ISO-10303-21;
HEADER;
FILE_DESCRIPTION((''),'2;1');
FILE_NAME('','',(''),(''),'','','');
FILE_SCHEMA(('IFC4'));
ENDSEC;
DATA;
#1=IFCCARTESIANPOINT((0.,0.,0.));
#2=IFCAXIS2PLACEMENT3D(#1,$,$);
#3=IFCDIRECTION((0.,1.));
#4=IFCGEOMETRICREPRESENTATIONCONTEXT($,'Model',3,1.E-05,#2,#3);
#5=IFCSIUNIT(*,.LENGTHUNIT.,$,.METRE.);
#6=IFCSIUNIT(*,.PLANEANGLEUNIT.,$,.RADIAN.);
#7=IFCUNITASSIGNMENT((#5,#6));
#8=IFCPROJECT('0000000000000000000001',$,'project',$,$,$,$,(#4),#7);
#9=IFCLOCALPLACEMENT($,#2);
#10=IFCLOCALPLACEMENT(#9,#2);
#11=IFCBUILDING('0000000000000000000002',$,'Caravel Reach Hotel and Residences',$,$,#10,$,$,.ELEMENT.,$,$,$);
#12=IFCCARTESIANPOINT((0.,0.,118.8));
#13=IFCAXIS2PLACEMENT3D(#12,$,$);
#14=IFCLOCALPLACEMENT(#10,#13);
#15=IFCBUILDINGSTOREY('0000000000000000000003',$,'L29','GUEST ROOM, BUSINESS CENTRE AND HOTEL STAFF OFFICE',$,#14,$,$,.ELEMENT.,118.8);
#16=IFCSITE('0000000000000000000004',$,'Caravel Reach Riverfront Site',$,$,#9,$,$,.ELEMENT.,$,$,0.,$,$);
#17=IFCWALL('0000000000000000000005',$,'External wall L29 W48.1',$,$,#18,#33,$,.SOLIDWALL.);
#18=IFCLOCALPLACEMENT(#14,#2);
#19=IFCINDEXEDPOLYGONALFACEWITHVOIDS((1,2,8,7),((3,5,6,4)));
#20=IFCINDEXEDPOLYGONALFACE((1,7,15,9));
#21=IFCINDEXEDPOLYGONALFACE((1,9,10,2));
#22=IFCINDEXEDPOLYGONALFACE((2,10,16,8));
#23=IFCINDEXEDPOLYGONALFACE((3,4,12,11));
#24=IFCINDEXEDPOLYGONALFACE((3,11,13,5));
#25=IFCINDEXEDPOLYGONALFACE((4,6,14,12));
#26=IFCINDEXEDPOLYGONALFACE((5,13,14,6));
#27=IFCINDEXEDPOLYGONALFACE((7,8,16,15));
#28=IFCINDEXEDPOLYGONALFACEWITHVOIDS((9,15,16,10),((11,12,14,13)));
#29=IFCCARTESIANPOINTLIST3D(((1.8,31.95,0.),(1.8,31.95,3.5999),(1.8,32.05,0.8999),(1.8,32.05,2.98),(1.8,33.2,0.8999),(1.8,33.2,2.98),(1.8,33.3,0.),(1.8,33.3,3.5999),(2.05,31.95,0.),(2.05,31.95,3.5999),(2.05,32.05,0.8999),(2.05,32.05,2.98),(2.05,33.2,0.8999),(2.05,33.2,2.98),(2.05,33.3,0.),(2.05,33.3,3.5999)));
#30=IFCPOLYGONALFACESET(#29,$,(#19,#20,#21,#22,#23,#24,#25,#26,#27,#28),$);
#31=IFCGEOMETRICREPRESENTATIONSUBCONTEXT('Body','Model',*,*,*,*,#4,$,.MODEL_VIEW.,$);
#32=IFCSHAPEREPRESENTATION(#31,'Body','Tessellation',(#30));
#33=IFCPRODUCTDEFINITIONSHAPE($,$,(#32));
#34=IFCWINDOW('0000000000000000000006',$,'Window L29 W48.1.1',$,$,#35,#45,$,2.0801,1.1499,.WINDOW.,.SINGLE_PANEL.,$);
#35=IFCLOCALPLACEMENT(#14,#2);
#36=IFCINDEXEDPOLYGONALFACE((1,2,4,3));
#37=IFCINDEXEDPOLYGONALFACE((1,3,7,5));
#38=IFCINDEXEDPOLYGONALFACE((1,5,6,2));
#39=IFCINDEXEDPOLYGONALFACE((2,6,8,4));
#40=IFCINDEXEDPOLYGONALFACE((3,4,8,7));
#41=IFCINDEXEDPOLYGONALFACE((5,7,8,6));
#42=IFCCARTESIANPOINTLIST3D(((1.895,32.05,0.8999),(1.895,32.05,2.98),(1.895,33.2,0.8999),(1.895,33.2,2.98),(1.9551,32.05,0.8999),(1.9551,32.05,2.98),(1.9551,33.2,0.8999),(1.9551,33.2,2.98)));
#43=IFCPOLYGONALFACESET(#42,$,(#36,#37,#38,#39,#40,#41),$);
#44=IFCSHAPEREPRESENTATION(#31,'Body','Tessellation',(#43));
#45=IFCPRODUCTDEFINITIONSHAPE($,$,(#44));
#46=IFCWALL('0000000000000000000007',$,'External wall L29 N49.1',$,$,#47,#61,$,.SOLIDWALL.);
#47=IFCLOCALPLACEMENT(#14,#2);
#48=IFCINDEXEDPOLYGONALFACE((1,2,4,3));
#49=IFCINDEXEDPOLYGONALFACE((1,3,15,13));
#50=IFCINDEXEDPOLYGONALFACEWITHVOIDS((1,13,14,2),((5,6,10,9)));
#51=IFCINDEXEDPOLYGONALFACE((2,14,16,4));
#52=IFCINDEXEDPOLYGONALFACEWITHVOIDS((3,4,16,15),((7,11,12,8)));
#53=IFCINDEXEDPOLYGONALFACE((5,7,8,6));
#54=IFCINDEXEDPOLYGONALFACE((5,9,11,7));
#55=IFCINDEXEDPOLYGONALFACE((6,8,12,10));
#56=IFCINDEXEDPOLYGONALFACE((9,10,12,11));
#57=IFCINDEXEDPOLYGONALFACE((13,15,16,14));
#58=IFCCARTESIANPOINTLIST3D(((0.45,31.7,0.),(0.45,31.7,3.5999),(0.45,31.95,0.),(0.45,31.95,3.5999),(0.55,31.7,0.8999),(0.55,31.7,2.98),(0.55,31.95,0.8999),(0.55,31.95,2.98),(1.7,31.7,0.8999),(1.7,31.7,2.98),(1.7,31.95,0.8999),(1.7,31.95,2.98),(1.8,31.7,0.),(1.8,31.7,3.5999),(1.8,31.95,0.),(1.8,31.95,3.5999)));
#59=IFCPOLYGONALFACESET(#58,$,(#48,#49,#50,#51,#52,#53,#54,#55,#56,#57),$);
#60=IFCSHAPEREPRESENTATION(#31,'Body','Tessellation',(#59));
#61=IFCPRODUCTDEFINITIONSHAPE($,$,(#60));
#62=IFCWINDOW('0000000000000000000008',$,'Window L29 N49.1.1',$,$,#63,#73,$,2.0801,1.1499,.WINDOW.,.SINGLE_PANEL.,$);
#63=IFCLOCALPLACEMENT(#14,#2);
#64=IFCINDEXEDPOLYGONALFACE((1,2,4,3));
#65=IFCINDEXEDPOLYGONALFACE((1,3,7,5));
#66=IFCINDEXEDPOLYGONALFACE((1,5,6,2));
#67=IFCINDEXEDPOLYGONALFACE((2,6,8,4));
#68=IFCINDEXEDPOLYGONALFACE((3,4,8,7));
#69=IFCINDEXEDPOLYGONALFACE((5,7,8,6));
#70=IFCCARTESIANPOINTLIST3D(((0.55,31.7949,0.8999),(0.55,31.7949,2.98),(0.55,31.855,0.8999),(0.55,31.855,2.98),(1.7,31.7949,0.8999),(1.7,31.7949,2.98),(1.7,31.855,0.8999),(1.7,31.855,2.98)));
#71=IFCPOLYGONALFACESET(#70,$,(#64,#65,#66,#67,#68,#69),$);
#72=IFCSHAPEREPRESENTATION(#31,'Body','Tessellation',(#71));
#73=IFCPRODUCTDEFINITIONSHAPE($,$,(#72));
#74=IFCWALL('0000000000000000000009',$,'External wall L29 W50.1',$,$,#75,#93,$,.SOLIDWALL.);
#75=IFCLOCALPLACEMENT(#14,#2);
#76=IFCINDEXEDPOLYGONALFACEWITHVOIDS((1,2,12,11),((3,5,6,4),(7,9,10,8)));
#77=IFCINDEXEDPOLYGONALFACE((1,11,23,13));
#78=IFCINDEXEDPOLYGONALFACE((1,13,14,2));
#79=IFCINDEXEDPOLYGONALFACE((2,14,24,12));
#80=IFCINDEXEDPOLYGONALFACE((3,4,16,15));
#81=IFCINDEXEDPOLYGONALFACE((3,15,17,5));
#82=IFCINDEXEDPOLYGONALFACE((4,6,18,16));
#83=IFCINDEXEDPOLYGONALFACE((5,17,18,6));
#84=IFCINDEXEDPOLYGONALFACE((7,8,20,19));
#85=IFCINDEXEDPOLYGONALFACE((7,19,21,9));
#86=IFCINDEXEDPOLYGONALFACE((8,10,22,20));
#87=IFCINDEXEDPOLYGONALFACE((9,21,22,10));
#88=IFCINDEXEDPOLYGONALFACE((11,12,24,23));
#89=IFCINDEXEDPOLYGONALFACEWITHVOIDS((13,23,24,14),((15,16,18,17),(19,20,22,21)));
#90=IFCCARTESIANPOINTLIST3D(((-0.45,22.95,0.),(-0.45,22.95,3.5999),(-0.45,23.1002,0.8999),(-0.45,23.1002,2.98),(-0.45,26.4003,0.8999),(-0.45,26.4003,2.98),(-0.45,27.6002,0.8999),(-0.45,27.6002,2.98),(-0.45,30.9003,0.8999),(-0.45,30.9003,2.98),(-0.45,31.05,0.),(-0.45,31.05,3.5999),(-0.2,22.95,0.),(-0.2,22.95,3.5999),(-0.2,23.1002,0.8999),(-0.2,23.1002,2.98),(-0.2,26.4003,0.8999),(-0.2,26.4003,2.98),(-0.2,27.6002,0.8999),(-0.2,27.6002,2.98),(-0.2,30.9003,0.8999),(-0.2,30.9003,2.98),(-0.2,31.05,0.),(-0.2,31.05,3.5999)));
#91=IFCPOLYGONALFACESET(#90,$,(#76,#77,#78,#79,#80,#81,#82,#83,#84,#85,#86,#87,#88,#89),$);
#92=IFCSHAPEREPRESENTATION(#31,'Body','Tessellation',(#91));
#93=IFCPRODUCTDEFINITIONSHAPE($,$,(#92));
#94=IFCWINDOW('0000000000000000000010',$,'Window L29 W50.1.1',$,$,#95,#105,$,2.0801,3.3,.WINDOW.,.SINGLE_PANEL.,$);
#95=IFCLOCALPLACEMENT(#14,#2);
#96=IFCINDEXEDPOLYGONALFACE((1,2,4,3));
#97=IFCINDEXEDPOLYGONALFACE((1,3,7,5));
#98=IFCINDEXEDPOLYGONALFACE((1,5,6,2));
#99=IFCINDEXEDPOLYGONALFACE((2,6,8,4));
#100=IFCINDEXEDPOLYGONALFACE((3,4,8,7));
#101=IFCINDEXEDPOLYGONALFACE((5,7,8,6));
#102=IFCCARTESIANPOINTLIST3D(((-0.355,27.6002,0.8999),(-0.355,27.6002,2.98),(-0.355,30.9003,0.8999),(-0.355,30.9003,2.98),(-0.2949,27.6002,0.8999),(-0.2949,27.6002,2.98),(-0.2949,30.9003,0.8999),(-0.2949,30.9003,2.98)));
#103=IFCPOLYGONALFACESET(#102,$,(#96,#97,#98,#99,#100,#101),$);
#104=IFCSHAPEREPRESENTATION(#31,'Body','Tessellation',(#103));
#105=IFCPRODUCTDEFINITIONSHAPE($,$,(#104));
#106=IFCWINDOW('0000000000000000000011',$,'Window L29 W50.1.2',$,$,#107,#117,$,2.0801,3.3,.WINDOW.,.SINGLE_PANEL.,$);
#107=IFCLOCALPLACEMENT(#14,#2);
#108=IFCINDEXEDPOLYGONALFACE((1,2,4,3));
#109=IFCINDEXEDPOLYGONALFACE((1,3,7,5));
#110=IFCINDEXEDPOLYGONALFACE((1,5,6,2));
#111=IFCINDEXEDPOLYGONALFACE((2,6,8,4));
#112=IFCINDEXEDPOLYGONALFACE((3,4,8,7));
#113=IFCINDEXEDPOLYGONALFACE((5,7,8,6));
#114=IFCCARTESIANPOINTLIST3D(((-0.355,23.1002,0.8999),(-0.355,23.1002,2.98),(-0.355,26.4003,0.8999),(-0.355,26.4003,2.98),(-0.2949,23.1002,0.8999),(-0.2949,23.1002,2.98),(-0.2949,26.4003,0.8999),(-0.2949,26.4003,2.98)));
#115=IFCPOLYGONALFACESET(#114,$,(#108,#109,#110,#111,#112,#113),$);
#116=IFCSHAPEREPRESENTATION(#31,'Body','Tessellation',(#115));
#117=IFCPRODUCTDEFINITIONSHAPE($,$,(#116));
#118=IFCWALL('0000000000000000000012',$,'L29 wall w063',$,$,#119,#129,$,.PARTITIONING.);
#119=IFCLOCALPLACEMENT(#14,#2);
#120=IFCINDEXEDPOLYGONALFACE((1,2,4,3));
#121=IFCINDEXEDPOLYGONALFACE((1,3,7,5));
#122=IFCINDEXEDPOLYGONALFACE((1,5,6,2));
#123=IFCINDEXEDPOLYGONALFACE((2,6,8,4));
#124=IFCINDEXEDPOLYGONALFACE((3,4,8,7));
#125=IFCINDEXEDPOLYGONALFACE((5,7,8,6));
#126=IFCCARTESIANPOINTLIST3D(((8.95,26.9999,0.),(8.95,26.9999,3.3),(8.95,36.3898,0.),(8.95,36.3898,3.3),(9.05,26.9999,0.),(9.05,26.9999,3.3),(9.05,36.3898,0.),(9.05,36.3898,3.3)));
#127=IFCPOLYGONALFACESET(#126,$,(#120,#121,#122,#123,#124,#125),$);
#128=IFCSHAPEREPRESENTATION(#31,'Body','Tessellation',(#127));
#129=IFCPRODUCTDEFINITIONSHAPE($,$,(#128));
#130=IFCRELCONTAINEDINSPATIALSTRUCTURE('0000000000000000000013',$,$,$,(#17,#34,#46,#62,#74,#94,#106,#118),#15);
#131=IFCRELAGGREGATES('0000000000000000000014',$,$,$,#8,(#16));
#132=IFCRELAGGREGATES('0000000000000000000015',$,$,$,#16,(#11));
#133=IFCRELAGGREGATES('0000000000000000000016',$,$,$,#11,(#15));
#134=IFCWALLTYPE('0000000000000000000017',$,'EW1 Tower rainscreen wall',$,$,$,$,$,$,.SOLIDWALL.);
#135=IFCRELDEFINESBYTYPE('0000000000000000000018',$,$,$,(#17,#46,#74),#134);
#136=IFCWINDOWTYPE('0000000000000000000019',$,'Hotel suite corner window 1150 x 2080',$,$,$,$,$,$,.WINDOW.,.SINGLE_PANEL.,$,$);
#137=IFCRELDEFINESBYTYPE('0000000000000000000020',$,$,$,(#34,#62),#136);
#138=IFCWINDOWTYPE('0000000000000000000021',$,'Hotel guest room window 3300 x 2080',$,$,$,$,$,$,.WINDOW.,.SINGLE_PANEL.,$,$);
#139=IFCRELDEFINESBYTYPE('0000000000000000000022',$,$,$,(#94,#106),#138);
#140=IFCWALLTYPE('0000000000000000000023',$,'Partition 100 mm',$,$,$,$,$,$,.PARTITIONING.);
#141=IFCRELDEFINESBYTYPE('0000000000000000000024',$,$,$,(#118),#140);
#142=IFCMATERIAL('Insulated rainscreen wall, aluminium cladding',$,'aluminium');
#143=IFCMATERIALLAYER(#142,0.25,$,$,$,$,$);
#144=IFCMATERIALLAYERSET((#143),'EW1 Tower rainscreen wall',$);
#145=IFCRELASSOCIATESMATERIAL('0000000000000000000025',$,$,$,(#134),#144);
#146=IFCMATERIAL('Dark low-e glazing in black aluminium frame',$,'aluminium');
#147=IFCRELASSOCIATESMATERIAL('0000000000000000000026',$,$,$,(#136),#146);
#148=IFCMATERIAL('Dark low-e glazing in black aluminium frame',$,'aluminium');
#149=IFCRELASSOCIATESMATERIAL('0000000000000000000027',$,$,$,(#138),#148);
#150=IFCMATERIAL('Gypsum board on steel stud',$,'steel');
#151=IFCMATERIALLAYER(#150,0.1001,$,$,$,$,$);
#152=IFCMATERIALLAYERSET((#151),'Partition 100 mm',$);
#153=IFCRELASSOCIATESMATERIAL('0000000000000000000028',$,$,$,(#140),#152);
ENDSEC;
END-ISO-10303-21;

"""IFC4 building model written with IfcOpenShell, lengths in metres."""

from ifc_helpers import new_model, si_unit, direction, frame, frame_2d, origin, place, context, subcontext, project, spatial, rectangle, extrude, material, layer, layer_set, type_object, element, fill, save


model = new_model("IFC4")

# Units and contexts
model_context = context("Model", 3, precision=1e-05, world=origin(), true_north=direction((0.0, 1.0)))
body_context = subcontext(model_context, "Body", "Model", "MODEL_VIEW")
ifc_project = project(units=[si_unit("LENGTHUNIT", "METRE"), si_unit("PLANEANGLEUNIT", "RADIAN")], contexts=[model_context])

# Site, building, storey
site_placement = place(None, origin())
site = spatial("IfcSite", under=ifc_project, at=site_placement, Name="Caravel Reach Riverfront Site", CompositionType="ELEMENT", RefElevation=0.0)
building_placement = place(site_placement, origin())
building = spatial("IfcBuilding", under=site, at=building_placement, Name="Caravel Reach Hotel and Residences", CompositionType="ELEMENT")
storey_placement = place(building_placement, frame((0.0, 0.0, 118.8)))
storey = spatial("IfcBuildingStorey", under=building, at=storey_placement, Name="L29", Description="GUEST ROOM, BUSINESS CENTRE AND HOTEL STAFF OFFICE", CompositionType="ELEMENT", Elevation=118.8)

# Walls, openings, windows
ifc_material_1 = material(Name="Insulated rainscreen wall, aluminium cladding", Category="aluminium")
ifc_layer_1 = layer(ifc_material_1, 0.25)
ifc_layer_set_1 = layer_set([ifc_layer_1], Name="EW1 Tower rainscreen wall")
wall_type_1 = type_object("IfcWallType", Name="EW1 Tower rainscreen wall", PredefinedType="SOLIDWALL", material=ifc_layer_set_1)
ifc_material_2 = material(Name="Dark low-e glazing in black aluminium frame", Category="aluminium")
window_type_1 = type_object("IfcWindowType", Name="Hotel suite corner window 1150 x 2080", PartitioningType="SINGLE_PANEL", PredefinedType="WINDOW", material=ifc_material_2)
wall_1_placement = place(storey_placement, frame((1.925, 33.3, 0.0), z_axis=(0.0, 0.0, 1.0), x_axis=(0.0, -1.0, 0.0)))
wall_1 = element("IfcWall", 1, at=wall_1_placement, inside=storey, type_object=wall_type_1, Name="External wall L29 W48.1", PredefinedType="SOLIDWALL", context=body_context, shape_type="SweptSolid", body=[
    extrude(rectangle(XDim=1.3501, YDim=0.25, at=frame_2d((0.675, 0.0))), origin(), (0.0, 0.0, 1.0), 3.5999),
])
opening_1_placement = place(wall_1_placement, frame((0.1001, 0.0, 0.8999)))
opening_1 = element("IfcOpeningElement", 2, at=opening_1_placement, cuts=wall_1, PredefinedType="OPENING", context=body_context, shape_type="SweptSolid", body=[
    extrude(rectangle(XDim=1.1499, YDim=2.0801, at=frame_2d((0.575, 1.04))), frame((0.0, 0.135, 0.0), z_axis=(0.0, -1.0, 0.0), x_axis=(1.0, 0.0, 0.0)), (0.0, 0.0, 1.0), 0.27),
])
window_1_placement = place(opening_1_placement, origin())
window_1 = element("IfcWindow", 3, at=window_1_placement, inside=storey, type_object=window_type_1, Name="Window L29 W48.1.1", OverallHeight=2.0801, OverallWidth=1.1499, PartitioningType="SINGLE_PANEL", PredefinedType="WINDOW", context=body_context, shape_type="SweptSolid", body=[
    extrude(rectangle(XDim=1.1499, YDim=2.0801, at=frame_2d((0.575, 1.04))), frame((0.0, 0.03, 0.0), z_axis=(0.0, -1.0, 0.0), x_axis=(1.0, 0.0, 0.0)), (0.0, 0.0, 1.0), 0.0601),
])
fill(opening_1, window_1)
wall_2_placement = place(storey_placement, frame((1.8, 31.825, 0.0), z_axis=(0.0, 0.0, 1.0), x_axis=(-1.0, 0.0, 0.0)))
wall_2 = element("IfcWall", 4, at=wall_2_placement, inside=storey, type_object=wall_type_1, Name="External wall L29 N49.1", PredefinedType="SOLIDWALL", context=body_context, shape_type="SweptSolid", body=[
    extrude(rectangle(XDim=1.3501, YDim=0.25, at=frame_2d((0.675, 0.0))), origin(), (0.0, 0.0, 1.0), 3.5999),
])
opening_2_placement = place(wall_2_placement, frame((0.1001, 0.0, 0.8999)))
opening_2 = element("IfcOpeningElement", 5, at=opening_2_placement, cuts=wall_2, PredefinedType="OPENING", context=body_context, shape_type="SweptSolid", body=[
    extrude(rectangle(XDim=1.1499, YDim=2.0801, at=frame_2d((0.575, 1.04))), frame((0.0, 0.135, 0.0), z_axis=(0.0, -1.0, 0.0), x_axis=(1.0, 0.0, 0.0)), (0.0, 0.0, 1.0), 0.27),
])
window_2_placement = place(opening_2_placement, origin())
window_2 = element("IfcWindow", 6, at=window_2_placement, inside=storey, type_object=window_type_1, Name="Window L29 N49.1.1", OverallHeight=2.0801, OverallWidth=1.1499, PartitioningType="SINGLE_PANEL", PredefinedType="WINDOW", context=body_context, shape_type="SweptSolid", body=[
    extrude(rectangle(XDim=1.1499, YDim=2.0801, at=frame_2d((0.575, 1.04))), frame((0.0, 0.03, 0.0), z_axis=(0.0, -1.0, 0.0), x_axis=(1.0, 0.0, 0.0)), (0.0, 0.0, 1.0), 0.0601),
])
fill(opening_2, window_2)

# Wall, openings, windows
wall_3_placement = place(storey_placement, frame((-0.325, 31.05, 0.0), z_axis=(0.0, 0.0, 1.0), x_axis=(0.0, -1.0, 0.0)))
wall_3 = element("IfcWall", 7, at=wall_3_placement, inside=storey, type_object=wall_type_1, Name="External wall L29 W50.1", PredefinedType="SOLIDWALL", context=body_context, shape_type="SweptSolid", body=[
    extrude(rectangle(XDim=8.1001, YDim=0.25, at=frame_2d((4.05, 0.0))), origin(), (0.0, 0.0, 1.0), 3.5999),
])
opening_3_placement = place(wall_3_placement, frame((0.1499, 0.0, 0.8999)))
opening_3 = element("IfcOpeningElement", 8, at=opening_3_placement, cuts=wall_3, PredefinedType="OPENING", context=body_context, shape_type="SweptSolid", body=[
    extrude(rectangle(XDim=3.3, YDim=2.0801, at=frame_2d((1.6499, 1.04))), frame((0.0, 0.135, 0.0), z_axis=(0.0, -1.0, 0.0), x_axis=(1.0, 0.0, 0.0)), (0.0, 0.0, 1.0), 0.27),
])
opening_4_placement = place(wall_3_placement, frame((4.6499, 0.0, 0.8999)))
opening_4 = element("IfcOpeningElement", 9, at=opening_4_placement, cuts=wall_3, PredefinedType="OPENING", context=body_context, shape_type="SweptSolid", body=[
    extrude(rectangle(XDim=3.3, YDim=2.0801, at=frame_2d((1.6499, 1.04))), frame((0.0, 0.135, 0.0), z_axis=(0.0, -1.0, 0.0), x_axis=(1.0, 0.0, 0.0)), (0.0, 0.0, 1.0), 0.27),
])
ifc_material_3 = material(Name="Dark low-e glazing in black aluminium frame", Category="aluminium")
window_type_2 = type_object("IfcWindowType", Name="Hotel guest room window 3300 x 2080", PartitioningType="SINGLE_PANEL", PredefinedType="WINDOW", material=ifc_material_3)
window_3_placement = place(opening_3_placement, origin())
window_3 = element("IfcWindow", 10, at=window_3_placement, inside=storey, type_object=window_type_2, Name="Window L29 W50.1.1", OverallHeight=2.0801, OverallWidth=3.3, PartitioningType="SINGLE_PANEL", PredefinedType="WINDOW", context=body_context, shape_type="SweptSolid", body=[
    extrude(rectangle(XDim=3.3, YDim=2.0801, at=frame_2d((1.6499, 1.04))), frame((0.0, 0.03, 0.0), z_axis=(0.0, -1.0, 0.0), x_axis=(1.0, 0.0, 0.0)), (0.0, 0.0, 1.0), 0.0601),
])
fill(opening_3, window_3)
window_4_placement = place(opening_4_placement, origin())
window_4 = element("IfcWindow", 11, at=window_4_placement, inside=storey, type_object=window_type_2, Name="Window L29 W50.1.2", OverallHeight=2.0801, OverallWidth=3.3, PartitioningType="SINGLE_PANEL", PredefinedType="WINDOW", context=body_context, shape_type="SweptSolid", body=[
    extrude(rectangle(XDim=3.3, YDim=2.0801, at=frame_2d((1.6499, 1.04))), frame((0.0, 0.03, 0.0), z_axis=(0.0, -1.0, 0.0), x_axis=(1.0, 0.0, 0.0)), (0.0, 0.0, 1.0), 0.0601),
])
fill(opening_4, window_4)

# Wall
ifc_material_4 = material(Name="Gypsum board on steel stud", Category="steel")
ifc_layer_2 = layer(ifc_material_4, 0.1001)
ifc_layer_set_2 = layer_set([ifc_layer_2], Name="Partition 100 mm")
wall_type_2 = type_object("IfcWallType", Name="Partition 100 mm", PredefinedType="PARTITIONING", material=ifc_layer_set_2)
wall_4_placement = place(storey_placement, frame((9.0, 27.0, 0.0), z_axis=(0.0, 0.0, 1.0), x_axis=(0.0, 1.0, 0.0)))
element("IfcWall", 12, at=wall_4_placement, inside=storey, type_object=wall_type_2, Name="L29 wall w063", PredefinedType="PARTITIONING", context=body_context, shape_type="SweptSolid", body=[
    extrude(rectangle(XDim=9.3899, YDim=0.1001, at=frame_2d((4.6948, 0.0))), origin(), (0.0, 0.0, 1.0), 3.3),
])

save(model, "model.ifc")
